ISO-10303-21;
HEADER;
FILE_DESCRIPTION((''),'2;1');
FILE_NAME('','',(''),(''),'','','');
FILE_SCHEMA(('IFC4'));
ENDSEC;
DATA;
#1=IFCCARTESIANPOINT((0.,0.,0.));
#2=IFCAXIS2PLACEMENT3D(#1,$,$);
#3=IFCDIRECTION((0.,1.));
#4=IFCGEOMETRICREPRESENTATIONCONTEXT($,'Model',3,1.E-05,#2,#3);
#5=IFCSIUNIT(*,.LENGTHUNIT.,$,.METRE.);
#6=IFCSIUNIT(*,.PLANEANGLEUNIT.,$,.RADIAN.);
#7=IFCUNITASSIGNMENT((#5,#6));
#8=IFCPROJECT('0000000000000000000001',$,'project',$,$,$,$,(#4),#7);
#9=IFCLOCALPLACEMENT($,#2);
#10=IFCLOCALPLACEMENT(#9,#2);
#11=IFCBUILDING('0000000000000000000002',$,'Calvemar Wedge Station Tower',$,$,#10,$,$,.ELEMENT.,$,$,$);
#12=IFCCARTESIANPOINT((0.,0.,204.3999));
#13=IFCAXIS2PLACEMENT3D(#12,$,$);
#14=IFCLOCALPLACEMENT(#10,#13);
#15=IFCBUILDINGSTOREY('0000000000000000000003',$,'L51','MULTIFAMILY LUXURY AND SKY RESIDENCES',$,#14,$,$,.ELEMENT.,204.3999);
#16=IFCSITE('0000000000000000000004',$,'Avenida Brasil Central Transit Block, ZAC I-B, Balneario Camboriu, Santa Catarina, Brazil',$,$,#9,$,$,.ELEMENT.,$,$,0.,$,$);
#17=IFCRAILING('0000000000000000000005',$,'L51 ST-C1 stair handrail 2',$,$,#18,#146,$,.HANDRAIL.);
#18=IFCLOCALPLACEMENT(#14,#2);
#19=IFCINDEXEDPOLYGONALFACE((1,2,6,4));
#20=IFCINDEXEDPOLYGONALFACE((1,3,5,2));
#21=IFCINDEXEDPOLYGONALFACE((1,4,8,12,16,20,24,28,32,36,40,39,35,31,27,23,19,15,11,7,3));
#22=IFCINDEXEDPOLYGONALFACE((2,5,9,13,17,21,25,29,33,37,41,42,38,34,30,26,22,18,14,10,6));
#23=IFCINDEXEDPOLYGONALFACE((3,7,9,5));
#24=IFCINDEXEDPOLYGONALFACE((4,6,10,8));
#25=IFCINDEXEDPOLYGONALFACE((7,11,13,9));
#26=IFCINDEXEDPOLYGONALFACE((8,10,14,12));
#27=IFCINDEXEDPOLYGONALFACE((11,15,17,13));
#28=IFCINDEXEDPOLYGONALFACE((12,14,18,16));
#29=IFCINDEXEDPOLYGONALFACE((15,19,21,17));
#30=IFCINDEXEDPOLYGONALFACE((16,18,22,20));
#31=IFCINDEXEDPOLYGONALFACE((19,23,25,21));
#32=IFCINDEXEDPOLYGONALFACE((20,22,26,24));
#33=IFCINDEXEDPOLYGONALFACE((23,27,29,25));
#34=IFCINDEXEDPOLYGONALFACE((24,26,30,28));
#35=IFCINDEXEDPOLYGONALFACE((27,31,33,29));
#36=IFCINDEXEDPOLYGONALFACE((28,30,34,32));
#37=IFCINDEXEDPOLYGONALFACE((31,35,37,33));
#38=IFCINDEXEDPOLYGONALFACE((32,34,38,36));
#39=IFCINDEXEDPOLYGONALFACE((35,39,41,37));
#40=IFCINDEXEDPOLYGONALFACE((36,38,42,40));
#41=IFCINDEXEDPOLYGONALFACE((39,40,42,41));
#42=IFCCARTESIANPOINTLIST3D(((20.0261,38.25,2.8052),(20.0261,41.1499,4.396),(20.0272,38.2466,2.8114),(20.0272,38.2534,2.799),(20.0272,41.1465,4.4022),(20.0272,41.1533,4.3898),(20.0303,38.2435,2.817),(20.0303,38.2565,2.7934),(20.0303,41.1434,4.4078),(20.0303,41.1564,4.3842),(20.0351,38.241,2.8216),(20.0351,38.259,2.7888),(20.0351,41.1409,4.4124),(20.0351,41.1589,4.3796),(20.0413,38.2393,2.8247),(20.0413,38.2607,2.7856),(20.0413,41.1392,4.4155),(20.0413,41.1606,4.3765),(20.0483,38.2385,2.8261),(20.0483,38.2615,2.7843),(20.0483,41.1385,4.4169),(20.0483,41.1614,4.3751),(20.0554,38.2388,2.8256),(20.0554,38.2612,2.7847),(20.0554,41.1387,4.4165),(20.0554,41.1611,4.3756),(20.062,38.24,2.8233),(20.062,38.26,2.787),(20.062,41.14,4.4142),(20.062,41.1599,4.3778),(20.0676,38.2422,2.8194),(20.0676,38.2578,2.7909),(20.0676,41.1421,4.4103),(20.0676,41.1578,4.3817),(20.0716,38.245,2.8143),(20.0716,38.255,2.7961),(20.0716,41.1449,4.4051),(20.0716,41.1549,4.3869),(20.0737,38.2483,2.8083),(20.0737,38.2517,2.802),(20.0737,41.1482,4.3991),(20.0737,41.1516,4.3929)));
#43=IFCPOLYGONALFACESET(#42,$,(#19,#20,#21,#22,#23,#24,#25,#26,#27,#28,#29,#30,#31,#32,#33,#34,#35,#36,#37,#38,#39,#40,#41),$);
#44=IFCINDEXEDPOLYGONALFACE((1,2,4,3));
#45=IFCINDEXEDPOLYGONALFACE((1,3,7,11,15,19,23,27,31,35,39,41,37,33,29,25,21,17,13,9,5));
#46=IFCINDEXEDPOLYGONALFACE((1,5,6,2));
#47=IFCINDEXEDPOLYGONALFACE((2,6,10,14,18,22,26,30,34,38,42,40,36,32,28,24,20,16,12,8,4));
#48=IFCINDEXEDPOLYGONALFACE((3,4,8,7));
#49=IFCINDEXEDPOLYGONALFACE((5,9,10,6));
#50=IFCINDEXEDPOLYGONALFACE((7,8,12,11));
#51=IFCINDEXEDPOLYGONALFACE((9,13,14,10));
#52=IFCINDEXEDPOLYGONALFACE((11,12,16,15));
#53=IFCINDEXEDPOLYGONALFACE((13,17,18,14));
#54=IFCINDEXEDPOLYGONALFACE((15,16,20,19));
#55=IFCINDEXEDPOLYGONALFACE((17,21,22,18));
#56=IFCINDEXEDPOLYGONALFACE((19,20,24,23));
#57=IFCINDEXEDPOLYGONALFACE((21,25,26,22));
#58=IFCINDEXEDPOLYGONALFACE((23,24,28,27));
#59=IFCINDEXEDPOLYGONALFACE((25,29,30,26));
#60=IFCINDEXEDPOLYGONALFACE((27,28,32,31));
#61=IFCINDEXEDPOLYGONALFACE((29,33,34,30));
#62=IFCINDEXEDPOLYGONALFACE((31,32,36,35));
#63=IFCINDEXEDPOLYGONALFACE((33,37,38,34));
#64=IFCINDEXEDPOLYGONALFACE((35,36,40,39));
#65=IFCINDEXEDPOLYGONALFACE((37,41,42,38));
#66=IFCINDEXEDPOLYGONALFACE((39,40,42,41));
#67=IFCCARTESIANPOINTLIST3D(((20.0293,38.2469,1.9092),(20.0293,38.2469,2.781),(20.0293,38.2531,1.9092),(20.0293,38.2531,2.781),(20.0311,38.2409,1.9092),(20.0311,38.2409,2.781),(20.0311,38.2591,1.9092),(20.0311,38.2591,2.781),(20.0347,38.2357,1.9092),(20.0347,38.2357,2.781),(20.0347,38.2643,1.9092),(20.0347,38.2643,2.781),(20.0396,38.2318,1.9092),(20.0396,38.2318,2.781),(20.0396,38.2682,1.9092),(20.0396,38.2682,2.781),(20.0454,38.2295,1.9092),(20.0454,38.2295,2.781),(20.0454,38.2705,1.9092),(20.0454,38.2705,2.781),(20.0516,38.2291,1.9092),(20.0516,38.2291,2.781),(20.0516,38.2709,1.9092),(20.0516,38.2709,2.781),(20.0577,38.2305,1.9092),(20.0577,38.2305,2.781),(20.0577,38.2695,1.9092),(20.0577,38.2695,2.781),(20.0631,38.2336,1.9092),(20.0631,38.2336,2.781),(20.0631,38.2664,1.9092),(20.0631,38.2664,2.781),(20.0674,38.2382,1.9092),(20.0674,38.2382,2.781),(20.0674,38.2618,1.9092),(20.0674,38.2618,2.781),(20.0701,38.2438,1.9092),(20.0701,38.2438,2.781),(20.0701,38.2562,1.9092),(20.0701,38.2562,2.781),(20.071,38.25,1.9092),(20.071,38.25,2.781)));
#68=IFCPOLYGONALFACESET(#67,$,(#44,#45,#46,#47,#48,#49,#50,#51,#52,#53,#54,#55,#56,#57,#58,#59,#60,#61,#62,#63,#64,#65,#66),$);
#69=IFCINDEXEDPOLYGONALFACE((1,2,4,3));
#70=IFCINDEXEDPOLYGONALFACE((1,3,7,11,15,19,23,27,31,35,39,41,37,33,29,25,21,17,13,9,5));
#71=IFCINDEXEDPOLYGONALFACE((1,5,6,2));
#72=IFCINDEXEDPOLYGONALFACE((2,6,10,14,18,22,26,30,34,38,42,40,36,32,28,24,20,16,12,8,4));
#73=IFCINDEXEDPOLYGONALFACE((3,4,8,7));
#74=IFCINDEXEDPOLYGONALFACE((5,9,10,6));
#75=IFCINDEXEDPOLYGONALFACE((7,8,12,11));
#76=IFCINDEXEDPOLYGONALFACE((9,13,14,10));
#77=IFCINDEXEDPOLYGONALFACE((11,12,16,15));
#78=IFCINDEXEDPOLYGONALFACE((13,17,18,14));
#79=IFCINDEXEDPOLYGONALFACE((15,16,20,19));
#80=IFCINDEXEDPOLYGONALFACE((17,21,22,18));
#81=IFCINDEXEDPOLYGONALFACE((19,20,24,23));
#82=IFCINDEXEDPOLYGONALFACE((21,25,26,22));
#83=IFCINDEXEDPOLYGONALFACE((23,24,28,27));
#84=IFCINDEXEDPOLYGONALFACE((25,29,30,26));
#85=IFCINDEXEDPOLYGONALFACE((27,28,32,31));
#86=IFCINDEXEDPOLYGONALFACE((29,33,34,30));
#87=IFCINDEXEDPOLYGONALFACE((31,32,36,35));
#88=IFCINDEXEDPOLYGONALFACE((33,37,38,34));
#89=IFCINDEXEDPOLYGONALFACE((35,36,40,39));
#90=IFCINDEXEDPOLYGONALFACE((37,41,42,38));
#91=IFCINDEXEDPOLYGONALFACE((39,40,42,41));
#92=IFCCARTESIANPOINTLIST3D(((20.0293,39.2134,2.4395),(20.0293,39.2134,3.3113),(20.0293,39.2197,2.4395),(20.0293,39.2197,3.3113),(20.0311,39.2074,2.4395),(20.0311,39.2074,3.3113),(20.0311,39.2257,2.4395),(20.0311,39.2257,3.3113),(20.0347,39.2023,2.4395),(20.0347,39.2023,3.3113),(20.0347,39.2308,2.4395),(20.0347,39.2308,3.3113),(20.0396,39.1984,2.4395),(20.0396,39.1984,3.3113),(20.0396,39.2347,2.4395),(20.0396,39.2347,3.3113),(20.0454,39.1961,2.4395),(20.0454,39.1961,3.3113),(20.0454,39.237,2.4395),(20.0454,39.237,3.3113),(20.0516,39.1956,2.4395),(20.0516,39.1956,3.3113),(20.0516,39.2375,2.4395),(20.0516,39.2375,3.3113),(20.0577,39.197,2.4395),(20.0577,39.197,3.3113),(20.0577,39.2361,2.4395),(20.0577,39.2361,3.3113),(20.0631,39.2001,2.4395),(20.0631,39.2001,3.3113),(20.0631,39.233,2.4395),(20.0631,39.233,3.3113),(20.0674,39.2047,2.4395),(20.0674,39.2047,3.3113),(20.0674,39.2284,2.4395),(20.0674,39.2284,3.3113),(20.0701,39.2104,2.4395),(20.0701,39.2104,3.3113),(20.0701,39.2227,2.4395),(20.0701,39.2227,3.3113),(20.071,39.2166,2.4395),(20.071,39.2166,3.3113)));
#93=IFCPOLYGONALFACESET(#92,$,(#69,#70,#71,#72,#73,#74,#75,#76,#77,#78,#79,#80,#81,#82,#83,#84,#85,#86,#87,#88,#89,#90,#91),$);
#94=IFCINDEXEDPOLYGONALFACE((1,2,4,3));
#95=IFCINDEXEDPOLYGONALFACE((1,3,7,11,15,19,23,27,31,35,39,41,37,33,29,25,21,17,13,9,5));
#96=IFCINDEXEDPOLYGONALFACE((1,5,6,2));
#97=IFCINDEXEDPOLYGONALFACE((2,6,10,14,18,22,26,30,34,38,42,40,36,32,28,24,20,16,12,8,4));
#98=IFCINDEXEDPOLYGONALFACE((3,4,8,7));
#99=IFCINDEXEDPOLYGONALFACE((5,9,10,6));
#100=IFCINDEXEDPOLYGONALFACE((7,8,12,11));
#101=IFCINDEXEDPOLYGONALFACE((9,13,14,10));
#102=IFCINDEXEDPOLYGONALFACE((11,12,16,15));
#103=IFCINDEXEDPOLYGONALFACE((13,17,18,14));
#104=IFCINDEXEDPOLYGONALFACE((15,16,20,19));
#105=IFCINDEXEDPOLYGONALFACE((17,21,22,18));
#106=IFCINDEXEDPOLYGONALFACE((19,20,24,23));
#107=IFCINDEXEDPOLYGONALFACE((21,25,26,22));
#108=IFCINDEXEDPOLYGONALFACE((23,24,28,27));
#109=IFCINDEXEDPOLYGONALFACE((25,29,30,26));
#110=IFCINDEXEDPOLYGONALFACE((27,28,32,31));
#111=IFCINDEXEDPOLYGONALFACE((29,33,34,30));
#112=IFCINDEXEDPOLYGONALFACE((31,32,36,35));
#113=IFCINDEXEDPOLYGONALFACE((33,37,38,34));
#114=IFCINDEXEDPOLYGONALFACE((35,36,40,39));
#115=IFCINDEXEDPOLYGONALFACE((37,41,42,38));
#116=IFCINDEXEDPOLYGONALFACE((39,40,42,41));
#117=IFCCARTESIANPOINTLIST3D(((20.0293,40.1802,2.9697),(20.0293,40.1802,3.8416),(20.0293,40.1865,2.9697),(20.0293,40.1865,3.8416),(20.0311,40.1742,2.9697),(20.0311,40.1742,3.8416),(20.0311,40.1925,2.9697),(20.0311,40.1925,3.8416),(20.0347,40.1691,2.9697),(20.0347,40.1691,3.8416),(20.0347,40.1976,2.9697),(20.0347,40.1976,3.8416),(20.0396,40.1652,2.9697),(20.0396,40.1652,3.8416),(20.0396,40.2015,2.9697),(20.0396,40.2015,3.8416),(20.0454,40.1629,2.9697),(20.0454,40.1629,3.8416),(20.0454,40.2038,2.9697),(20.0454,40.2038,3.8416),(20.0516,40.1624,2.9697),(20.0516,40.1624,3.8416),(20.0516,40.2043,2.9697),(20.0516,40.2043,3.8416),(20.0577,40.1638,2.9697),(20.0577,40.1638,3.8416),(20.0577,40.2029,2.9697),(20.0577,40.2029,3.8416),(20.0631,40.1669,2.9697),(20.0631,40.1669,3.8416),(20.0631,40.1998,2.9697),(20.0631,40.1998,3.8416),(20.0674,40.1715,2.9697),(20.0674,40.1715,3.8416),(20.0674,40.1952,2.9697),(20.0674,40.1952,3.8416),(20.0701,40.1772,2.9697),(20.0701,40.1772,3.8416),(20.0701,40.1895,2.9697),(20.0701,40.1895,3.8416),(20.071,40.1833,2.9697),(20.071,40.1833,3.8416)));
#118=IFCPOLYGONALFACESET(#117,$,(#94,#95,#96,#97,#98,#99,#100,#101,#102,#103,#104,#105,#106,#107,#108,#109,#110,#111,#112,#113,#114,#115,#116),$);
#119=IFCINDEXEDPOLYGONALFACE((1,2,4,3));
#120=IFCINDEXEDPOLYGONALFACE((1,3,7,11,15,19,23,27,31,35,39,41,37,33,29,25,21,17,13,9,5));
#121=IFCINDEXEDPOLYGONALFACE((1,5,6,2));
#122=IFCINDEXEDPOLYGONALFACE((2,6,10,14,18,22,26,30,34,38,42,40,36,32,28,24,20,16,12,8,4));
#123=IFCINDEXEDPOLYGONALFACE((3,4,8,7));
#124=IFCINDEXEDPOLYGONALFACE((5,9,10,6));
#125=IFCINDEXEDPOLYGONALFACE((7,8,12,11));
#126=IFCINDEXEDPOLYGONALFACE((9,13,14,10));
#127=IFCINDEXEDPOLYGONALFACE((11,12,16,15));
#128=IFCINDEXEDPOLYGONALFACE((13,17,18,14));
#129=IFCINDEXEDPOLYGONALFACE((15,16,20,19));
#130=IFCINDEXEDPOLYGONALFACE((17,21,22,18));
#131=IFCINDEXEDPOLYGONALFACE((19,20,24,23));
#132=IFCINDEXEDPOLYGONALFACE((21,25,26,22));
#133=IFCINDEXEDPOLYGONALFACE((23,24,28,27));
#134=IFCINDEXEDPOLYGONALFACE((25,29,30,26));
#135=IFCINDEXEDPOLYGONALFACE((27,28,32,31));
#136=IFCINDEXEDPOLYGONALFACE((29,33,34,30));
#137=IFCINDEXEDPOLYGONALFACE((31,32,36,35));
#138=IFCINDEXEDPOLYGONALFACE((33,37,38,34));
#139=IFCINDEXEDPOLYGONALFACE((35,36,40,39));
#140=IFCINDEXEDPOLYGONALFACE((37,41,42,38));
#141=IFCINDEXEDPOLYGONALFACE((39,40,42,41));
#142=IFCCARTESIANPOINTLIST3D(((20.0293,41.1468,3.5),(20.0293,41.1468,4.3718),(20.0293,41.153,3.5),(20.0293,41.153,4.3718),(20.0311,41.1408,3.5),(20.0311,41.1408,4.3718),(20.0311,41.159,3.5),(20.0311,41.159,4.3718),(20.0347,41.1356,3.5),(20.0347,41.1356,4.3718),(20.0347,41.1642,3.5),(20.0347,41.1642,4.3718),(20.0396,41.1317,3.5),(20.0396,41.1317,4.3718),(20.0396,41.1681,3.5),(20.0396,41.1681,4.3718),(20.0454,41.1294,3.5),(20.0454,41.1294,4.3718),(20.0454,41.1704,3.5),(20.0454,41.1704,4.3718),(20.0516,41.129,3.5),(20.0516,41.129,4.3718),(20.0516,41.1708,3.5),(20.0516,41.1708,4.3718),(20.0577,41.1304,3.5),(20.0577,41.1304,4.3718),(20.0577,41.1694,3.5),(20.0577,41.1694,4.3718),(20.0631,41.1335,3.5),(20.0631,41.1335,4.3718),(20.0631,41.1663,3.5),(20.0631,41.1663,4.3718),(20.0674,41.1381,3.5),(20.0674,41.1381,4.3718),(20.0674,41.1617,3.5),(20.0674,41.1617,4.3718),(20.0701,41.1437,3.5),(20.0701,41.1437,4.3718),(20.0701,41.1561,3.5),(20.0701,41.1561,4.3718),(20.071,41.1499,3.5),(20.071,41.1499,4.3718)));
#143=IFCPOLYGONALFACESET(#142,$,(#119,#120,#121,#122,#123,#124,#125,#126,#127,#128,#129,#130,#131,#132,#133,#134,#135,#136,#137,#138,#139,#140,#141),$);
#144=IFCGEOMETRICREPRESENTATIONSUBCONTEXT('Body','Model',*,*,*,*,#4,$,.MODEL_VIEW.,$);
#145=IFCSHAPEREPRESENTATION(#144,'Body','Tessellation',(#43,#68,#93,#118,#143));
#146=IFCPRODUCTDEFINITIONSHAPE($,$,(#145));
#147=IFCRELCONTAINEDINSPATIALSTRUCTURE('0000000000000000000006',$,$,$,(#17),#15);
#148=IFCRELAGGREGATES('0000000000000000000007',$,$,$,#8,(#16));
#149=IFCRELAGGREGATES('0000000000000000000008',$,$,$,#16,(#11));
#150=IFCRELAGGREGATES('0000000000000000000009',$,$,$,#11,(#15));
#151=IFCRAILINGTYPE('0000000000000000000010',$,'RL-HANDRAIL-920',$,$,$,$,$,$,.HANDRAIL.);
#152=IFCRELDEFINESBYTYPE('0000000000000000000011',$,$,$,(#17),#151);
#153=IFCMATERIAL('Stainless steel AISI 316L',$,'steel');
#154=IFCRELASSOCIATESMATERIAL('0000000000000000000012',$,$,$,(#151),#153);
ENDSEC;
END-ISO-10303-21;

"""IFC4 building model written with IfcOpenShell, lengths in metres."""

from ifc_helpers import new_model, si_unit, direction, frame, origin, origin_2d, place, context, subcontext, project, spatial, circle, extrude, material, type_object, element, save


model = new_model("IFC4")

# Units and contexts
model_context = context("Model", 3, precision=1e-05, world=origin(), true_north=direction((0.0, 1.0)))
body_context = subcontext(model_context, "Body", "Model", "MODEL_VIEW")
ifc_project = project(units=[si_unit("LENGTHUNIT", "METRE"), si_unit("PLANEANGLEUNIT", "RADIAN")], contexts=[model_context])

# Site, building, storey
site_placement = place(None, origin())
site = spatial("IfcSite", under=ifc_project, at=site_placement, Name="Avenida Brasil Central Transit Block, ZAC I-B, Balneario Camboriu, Santa Catarina, Brazil", CompositionType="ELEMENT", RefElevation=0.0)
building_placement = place(site_placement, origin())
building = spatial("IfcBuilding", under=site, at=building_placement, Name="Calvemar Wedge Station Tower", CompositionType="ELEMENT")
storey_placement = place(building_placement, frame((0.0, 0.0, 204.3999)))
storey = spatial("IfcBuildingStorey", under=building, at=storey_placement, Name="L51", Description="MULTIFAMILY LUXURY AND SKY RESIDENCES", CompositionType="ELEMENT", Elevation=204.3999)

# Railing
ifc_material_1 = material(Name="Stainless steel AISI 316L", Category="steel")
railing_type_1 = type_object("IfcRailingType", Name="RL-HANDRAIL-920", PredefinedType="HANDRAIL", material=ifc_material_1)
railing_1_placement = place(storey_placement, frame((20.05, 38.25, 1.9092)))
element("IfcRailing", 1, at=railing_1_placement, inside=storey, type_object=railing_type_1, Name="L51 ST-C1 stair handrail 2", PredefinedType="HANDRAIL", context=body_context, shape_type="SweptSolid", body=[
    extrude(circle(Radius=0.0239, at=origin_2d()), frame((0.0, 0.0, 0.896), z_axis=(0.0, 0.876742, 0.480961), x_axis=(-1.0, 0.0, 0.0)), (0.0, 0.0, 1.0), 3.3076),
    extrude(circle(Radius=0.021, at=origin_2d()), origin(), (0.0, 0.0, 1.0), 0.8718),
    extrude(circle(Radius=0.021, at=origin_2d()), frame((0.0, 0.9666, 0.5303)), (0.0, 0.0, 1.0), 0.8718),
    extrude(circle(Radius=0.021, at=origin_2d()), frame((0.0, 1.9333, 1.0605)), (0.0, 0.0, 1.0), 0.8718),
    extrude(circle(Radius=0.021, at=origin_2d()), frame((0.0, 2.8999, 1.5908)), (0.0, 0.0, 1.0), 0.8718),
])

save(model, "model.ifc")
